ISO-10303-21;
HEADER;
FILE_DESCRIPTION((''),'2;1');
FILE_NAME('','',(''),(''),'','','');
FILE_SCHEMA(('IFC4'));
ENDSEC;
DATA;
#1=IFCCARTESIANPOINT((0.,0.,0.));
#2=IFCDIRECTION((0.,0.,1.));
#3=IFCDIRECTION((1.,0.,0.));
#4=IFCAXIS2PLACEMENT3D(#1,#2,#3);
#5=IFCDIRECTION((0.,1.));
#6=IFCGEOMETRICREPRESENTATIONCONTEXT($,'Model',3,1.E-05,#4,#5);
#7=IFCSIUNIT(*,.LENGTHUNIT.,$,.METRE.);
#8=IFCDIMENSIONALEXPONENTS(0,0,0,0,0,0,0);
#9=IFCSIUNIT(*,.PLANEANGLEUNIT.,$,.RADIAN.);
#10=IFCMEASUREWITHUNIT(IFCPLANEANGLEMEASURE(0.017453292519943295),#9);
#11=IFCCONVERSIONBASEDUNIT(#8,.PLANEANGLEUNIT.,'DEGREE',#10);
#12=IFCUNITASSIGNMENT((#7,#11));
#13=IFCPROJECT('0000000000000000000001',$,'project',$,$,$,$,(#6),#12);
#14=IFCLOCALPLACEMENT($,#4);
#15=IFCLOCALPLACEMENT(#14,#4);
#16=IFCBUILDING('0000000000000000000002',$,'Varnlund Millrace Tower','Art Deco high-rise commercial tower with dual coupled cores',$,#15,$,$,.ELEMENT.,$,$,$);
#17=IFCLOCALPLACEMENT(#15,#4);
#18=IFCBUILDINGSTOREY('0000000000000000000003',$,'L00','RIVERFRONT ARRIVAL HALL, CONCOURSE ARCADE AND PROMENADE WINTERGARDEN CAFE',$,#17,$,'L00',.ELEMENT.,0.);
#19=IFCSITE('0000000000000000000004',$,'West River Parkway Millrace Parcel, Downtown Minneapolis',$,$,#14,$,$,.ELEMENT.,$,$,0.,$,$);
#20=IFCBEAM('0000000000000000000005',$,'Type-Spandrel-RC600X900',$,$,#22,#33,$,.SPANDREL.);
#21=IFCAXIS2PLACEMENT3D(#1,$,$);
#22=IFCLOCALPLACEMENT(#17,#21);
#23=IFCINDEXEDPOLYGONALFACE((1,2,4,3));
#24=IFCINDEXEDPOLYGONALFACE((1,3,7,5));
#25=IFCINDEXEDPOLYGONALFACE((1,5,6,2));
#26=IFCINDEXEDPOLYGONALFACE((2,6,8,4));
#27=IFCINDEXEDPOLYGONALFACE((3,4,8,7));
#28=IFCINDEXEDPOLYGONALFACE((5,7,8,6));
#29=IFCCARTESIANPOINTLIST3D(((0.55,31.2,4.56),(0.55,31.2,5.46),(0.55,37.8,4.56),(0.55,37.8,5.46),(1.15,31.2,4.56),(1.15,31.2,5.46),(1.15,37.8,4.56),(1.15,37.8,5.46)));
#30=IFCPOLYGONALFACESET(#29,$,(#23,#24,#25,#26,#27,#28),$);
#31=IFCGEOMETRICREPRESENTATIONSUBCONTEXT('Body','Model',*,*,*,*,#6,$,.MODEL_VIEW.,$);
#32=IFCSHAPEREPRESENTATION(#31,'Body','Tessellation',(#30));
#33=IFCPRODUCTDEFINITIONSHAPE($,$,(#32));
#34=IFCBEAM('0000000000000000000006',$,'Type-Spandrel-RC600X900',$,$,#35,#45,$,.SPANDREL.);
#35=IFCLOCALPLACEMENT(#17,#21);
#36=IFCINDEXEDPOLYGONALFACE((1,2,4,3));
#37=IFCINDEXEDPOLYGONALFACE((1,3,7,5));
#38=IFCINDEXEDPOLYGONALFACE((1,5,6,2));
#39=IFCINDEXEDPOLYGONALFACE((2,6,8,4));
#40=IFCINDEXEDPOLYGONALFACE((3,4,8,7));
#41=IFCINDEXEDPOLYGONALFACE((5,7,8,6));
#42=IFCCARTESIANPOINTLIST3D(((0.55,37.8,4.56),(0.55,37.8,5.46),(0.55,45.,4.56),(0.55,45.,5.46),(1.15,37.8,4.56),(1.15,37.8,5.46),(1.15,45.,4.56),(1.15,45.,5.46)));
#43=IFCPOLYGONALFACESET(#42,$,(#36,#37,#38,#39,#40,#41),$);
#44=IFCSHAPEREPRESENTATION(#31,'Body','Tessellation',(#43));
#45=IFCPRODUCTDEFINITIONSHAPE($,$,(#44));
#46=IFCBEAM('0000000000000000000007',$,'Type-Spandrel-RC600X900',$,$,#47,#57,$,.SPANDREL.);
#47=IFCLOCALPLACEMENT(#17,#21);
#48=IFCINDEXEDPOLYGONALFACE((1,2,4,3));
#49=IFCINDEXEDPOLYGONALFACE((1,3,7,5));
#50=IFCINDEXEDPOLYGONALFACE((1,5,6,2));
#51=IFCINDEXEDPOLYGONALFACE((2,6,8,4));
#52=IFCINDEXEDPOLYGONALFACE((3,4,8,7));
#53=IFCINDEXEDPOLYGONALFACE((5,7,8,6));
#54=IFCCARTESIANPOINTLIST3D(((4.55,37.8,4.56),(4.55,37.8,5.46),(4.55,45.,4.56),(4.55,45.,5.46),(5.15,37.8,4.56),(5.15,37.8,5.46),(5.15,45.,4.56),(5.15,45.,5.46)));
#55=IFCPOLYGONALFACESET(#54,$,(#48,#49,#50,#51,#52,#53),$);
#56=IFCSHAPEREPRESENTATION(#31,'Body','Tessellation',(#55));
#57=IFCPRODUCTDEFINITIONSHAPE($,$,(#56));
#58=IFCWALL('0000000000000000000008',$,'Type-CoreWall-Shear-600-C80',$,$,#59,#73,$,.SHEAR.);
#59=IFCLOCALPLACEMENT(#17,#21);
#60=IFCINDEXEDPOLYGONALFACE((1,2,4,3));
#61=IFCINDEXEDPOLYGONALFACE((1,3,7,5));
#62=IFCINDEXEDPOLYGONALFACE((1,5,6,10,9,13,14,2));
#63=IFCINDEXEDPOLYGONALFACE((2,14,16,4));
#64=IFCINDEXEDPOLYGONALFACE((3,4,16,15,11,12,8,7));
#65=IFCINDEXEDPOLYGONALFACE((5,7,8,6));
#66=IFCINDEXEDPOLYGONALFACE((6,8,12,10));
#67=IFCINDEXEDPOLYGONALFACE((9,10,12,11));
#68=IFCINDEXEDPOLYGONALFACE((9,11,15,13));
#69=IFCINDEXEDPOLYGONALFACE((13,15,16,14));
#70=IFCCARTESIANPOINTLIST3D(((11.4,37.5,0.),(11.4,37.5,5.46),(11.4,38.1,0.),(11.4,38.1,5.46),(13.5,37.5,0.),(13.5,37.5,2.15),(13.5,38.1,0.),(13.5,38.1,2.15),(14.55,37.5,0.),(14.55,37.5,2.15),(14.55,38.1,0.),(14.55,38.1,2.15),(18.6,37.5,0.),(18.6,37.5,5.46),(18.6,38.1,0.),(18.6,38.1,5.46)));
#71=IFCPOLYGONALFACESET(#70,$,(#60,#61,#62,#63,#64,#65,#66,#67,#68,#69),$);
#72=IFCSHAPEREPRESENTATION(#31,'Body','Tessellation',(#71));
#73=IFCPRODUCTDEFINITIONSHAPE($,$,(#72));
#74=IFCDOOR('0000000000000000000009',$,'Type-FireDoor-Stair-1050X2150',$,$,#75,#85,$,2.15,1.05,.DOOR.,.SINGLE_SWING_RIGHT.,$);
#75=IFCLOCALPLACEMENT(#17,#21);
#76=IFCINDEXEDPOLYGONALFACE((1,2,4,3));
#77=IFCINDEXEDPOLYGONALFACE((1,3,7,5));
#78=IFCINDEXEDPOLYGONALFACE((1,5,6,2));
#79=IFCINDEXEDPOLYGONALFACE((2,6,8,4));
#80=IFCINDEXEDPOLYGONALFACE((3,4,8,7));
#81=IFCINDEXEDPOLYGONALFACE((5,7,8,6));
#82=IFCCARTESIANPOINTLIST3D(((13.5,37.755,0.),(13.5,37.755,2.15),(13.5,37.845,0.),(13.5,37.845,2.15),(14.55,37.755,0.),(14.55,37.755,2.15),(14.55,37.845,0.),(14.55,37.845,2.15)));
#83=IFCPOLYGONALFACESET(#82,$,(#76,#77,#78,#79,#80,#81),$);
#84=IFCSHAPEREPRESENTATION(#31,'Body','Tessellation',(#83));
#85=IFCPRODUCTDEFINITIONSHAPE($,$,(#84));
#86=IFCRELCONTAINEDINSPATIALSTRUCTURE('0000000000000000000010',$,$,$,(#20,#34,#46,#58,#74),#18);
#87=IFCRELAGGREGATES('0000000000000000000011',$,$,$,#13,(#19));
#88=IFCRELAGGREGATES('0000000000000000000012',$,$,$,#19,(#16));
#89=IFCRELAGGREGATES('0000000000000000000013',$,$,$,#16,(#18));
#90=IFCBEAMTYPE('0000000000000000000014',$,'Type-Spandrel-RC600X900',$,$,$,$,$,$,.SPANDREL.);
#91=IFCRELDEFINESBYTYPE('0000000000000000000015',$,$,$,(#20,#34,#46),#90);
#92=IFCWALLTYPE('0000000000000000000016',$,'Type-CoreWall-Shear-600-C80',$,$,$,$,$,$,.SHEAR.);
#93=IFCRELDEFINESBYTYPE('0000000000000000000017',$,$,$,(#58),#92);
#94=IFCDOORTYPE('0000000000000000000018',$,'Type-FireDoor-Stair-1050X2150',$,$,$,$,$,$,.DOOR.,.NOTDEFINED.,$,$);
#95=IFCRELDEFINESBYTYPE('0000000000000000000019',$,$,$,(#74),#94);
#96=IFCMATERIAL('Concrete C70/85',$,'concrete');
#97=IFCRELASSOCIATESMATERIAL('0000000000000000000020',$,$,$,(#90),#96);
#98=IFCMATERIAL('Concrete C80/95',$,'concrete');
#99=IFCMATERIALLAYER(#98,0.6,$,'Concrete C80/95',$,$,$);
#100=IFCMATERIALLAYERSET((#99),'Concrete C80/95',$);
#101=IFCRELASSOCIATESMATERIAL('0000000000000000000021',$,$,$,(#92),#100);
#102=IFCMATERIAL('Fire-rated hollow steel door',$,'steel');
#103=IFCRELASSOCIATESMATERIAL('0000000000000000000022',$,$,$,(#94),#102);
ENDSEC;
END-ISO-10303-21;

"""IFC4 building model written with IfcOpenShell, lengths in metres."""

from ifc_helpers import new_model, entity, si_unit, converted_unit, direction, frame, origin_with_axes, origin_2d_with_axis, place, context, subcontext, project, spatial, polyline, rectangle, outline, extrude, material, layer, layer_set, material_profile, profile_set, type_object, element, fill, save


model = new_model("IFC4")

# Units and contexts
model_context = context("Model", 3, precision=1e-05, world=origin_with_axes(), true_north=direction((0.0, 1.0)))
body_context = subcontext(model_context, "Body", "Model", "MODEL_VIEW")
ifc_project = project(units=[si_unit("LENGTHUNIT", "METRE"), converted_unit("PLANEANGLEUNIT", "DEGREE", entity("IfcPlaneAngleMeasure", 0.017453292519943295), si_unit("PLANEANGLEUNIT", "RADIAN"), dimensions=[0, 0, 0, 0, 0, 0, 0])], contexts=[model_context])

# Site, building, storey
site_placement = place(None, origin_with_axes())
site = spatial("IfcSite", under=ifc_project, at=site_placement, Name="West River Parkway Millrace Parcel, Downtown Minneapolis", CompositionType="ELEMENT", RefElevation=0.0)
building_placement = place(site_placement, origin_with_axes())
building = spatial("IfcBuilding", under=site, at=building_placement, Name="Varnlund Millrace Tower", Description="Art Deco high-rise commercial tower with dual coupled cores", CompositionType="ELEMENT")
storey_placement = place(building_placement, origin_with_axes())
storey = spatial("IfcBuildingStorey", under=building, at=storey_placement, Name="L00", Description="RIVERFRONT ARRIVAL HALL, CONCOURSE ARCADE AND PROMENADE WINTERGARDEN CAFE", LongName="L00", CompositionType="ELEMENT", Elevation=0.0)

# Shared definitions
ifc_material_1 = material(Name="Concrete C80/95", Category="concrete")

# Beams
ifc_material_2 = material(Name="Concrete C70/85", Category="concrete")
ifc_material_profile_1 = material_profile(ifc_material_2, rectangle(XDim=0.6, YDim=0.9, at=origin_2d_with_axis()), Name="Concrete C70/85")
ifc_profile_set_1 = profile_set([ifc_material_profile_1], Name="Concrete C70/85")
beam_type_1 = type_object("IfcBeamType", Name="Type-Spandrel-RC600X900", PredefinedType="SPANDREL", material=ifc_profile_set_1)
beam_1_placement = place(storey_placement, frame((0.85, 31.2, 5.01), z_axis=(0.0, 1.0, 0.0), x_axis=(-1.0, 0.0, 0.0)))
element("IfcBeam", 1, at=beam_1_placement, inside=storey, type_object=beam_type_1, Name="Type-Spandrel-RC600X900", PredefinedType="SPANDREL", context=body_context, shape_type="SweptSolid", body=[
    extrude(rectangle(XDim=0.6, YDim=0.9, at=origin_2d_with_axis()), origin_with_axes(), (0.0, 0.0, 1.0), 6.6),
])
for number, where, z_axis, x_axis, name in (
    (2, (0.85, 37.8, 5.01), (0.0, 1.0, 0.0), (-1.0, 0.0, 0.0), "Type-Spandrel-RC600X900"),
    (3, (4.85, 37.8, 5.01), (0.0, 1.0, 0.0), (-1.0, 0.0, 0.0), "Type-Spandrel-RC600X900"),
):
    element("IfcBeam", number, at=place(storey_placement, frame(where, z_axis=z_axis, x_axis=x_axis)), inside=storey, type_object=beam_type_1, Name=name, PredefinedType="SPANDREL", context=body_context, shape_type="SweptSolid", body=[
        extrude(rectangle(XDim=0.6, YDim=0.9, at=origin_2d_with_axis()), origin_with_axes(), (0.0, 0.0, 1.0), 7.2),
    ])

# Wall, opening, door
ifc_layer_1 = layer(ifc_material_1, 0.6, Name="Concrete C80/95")
ifc_layer_set_1 = layer_set([ifc_layer_1], Name="Concrete C80/95")
wall_type_1 = type_object("IfcWallType", Name="Type-CoreWall-Shear-600-C80", PredefinedType="SHEAR", material=ifc_layer_set_1)
wall_1_placement = place(storey_placement, frame((11.4, 37.8, 0.0), z_axis=(0.0, 0.0, 1.0), x_axis=(1.0, 0.0, 0.0)))
wall_1 = element("IfcWall", 4, at=wall_1_placement, inside=storey, type_object=wall_type_1, Name="Type-CoreWall-Shear-600-C80", PredefinedType="SHEAR", context=body_context, shape_type="SweptSolid", body=[
    extrude(outline(polyline([(0.0, -0.3), (7.2, -0.3), (7.2, 0.3), (0.0, 0.3), (0.0, -0.3)])), origin_with_axes(), (0.0, 0.0, 1.0), 5.46),
])
opening_1_placement = place(wall_1_placement, frame((2.625, 0.0, 0.0), z_axis=(0.0, 0.0, 1.0), x_axis=(1.0, 0.0, 0.0)))
opening_1 = element("IfcOpeningElement", 5, at=opening_1_placement, cuts=wall_1, PredefinedType="OPENING", context=body_context, shape_type="SweptSolid", body=[
    extrude(rectangle(XDim=1.05, YDim=0.62, at=origin_2d_with_axis()), origin_with_axes(), (0.0, 0.0, 1.0), 2.15),
])
ifc_material_3 = material(Name="Fire-rated hollow steel door", Category="steel")
door_type_1 = type_object("IfcDoorType", Name="Type-FireDoor-Stair-1050X2150", OperationType="NOTDEFINED", PredefinedType="DOOR", material=ifc_material_3)
door_1_placement = place(wall_1_placement, frame((2.625, 0.0, 0.0), z_axis=(0.0, 0.0, 1.0), x_axis=(1.0, 0.0, 0.0)))
door_1 = element("IfcDoor", 6, at=door_1_placement, inside=storey, type_object=door_type_1, Name="Type-FireDoor-Stair-1050X2150", OperationType="SINGLE_SWING_RIGHT", OverallHeight=2.15, OverallWidth=1.05, PredefinedType="DOOR", context=body_context, shape_type="SweptSolid", body=[
    extrude(rectangle(XDim=1.05, YDim=0.09, at=origin_2d_with_axis()), origin_with_axes(), (0.0, 0.0, 1.0), 2.15),
])
fill(opening_1, door_1)

save(model, "model.ifc")
